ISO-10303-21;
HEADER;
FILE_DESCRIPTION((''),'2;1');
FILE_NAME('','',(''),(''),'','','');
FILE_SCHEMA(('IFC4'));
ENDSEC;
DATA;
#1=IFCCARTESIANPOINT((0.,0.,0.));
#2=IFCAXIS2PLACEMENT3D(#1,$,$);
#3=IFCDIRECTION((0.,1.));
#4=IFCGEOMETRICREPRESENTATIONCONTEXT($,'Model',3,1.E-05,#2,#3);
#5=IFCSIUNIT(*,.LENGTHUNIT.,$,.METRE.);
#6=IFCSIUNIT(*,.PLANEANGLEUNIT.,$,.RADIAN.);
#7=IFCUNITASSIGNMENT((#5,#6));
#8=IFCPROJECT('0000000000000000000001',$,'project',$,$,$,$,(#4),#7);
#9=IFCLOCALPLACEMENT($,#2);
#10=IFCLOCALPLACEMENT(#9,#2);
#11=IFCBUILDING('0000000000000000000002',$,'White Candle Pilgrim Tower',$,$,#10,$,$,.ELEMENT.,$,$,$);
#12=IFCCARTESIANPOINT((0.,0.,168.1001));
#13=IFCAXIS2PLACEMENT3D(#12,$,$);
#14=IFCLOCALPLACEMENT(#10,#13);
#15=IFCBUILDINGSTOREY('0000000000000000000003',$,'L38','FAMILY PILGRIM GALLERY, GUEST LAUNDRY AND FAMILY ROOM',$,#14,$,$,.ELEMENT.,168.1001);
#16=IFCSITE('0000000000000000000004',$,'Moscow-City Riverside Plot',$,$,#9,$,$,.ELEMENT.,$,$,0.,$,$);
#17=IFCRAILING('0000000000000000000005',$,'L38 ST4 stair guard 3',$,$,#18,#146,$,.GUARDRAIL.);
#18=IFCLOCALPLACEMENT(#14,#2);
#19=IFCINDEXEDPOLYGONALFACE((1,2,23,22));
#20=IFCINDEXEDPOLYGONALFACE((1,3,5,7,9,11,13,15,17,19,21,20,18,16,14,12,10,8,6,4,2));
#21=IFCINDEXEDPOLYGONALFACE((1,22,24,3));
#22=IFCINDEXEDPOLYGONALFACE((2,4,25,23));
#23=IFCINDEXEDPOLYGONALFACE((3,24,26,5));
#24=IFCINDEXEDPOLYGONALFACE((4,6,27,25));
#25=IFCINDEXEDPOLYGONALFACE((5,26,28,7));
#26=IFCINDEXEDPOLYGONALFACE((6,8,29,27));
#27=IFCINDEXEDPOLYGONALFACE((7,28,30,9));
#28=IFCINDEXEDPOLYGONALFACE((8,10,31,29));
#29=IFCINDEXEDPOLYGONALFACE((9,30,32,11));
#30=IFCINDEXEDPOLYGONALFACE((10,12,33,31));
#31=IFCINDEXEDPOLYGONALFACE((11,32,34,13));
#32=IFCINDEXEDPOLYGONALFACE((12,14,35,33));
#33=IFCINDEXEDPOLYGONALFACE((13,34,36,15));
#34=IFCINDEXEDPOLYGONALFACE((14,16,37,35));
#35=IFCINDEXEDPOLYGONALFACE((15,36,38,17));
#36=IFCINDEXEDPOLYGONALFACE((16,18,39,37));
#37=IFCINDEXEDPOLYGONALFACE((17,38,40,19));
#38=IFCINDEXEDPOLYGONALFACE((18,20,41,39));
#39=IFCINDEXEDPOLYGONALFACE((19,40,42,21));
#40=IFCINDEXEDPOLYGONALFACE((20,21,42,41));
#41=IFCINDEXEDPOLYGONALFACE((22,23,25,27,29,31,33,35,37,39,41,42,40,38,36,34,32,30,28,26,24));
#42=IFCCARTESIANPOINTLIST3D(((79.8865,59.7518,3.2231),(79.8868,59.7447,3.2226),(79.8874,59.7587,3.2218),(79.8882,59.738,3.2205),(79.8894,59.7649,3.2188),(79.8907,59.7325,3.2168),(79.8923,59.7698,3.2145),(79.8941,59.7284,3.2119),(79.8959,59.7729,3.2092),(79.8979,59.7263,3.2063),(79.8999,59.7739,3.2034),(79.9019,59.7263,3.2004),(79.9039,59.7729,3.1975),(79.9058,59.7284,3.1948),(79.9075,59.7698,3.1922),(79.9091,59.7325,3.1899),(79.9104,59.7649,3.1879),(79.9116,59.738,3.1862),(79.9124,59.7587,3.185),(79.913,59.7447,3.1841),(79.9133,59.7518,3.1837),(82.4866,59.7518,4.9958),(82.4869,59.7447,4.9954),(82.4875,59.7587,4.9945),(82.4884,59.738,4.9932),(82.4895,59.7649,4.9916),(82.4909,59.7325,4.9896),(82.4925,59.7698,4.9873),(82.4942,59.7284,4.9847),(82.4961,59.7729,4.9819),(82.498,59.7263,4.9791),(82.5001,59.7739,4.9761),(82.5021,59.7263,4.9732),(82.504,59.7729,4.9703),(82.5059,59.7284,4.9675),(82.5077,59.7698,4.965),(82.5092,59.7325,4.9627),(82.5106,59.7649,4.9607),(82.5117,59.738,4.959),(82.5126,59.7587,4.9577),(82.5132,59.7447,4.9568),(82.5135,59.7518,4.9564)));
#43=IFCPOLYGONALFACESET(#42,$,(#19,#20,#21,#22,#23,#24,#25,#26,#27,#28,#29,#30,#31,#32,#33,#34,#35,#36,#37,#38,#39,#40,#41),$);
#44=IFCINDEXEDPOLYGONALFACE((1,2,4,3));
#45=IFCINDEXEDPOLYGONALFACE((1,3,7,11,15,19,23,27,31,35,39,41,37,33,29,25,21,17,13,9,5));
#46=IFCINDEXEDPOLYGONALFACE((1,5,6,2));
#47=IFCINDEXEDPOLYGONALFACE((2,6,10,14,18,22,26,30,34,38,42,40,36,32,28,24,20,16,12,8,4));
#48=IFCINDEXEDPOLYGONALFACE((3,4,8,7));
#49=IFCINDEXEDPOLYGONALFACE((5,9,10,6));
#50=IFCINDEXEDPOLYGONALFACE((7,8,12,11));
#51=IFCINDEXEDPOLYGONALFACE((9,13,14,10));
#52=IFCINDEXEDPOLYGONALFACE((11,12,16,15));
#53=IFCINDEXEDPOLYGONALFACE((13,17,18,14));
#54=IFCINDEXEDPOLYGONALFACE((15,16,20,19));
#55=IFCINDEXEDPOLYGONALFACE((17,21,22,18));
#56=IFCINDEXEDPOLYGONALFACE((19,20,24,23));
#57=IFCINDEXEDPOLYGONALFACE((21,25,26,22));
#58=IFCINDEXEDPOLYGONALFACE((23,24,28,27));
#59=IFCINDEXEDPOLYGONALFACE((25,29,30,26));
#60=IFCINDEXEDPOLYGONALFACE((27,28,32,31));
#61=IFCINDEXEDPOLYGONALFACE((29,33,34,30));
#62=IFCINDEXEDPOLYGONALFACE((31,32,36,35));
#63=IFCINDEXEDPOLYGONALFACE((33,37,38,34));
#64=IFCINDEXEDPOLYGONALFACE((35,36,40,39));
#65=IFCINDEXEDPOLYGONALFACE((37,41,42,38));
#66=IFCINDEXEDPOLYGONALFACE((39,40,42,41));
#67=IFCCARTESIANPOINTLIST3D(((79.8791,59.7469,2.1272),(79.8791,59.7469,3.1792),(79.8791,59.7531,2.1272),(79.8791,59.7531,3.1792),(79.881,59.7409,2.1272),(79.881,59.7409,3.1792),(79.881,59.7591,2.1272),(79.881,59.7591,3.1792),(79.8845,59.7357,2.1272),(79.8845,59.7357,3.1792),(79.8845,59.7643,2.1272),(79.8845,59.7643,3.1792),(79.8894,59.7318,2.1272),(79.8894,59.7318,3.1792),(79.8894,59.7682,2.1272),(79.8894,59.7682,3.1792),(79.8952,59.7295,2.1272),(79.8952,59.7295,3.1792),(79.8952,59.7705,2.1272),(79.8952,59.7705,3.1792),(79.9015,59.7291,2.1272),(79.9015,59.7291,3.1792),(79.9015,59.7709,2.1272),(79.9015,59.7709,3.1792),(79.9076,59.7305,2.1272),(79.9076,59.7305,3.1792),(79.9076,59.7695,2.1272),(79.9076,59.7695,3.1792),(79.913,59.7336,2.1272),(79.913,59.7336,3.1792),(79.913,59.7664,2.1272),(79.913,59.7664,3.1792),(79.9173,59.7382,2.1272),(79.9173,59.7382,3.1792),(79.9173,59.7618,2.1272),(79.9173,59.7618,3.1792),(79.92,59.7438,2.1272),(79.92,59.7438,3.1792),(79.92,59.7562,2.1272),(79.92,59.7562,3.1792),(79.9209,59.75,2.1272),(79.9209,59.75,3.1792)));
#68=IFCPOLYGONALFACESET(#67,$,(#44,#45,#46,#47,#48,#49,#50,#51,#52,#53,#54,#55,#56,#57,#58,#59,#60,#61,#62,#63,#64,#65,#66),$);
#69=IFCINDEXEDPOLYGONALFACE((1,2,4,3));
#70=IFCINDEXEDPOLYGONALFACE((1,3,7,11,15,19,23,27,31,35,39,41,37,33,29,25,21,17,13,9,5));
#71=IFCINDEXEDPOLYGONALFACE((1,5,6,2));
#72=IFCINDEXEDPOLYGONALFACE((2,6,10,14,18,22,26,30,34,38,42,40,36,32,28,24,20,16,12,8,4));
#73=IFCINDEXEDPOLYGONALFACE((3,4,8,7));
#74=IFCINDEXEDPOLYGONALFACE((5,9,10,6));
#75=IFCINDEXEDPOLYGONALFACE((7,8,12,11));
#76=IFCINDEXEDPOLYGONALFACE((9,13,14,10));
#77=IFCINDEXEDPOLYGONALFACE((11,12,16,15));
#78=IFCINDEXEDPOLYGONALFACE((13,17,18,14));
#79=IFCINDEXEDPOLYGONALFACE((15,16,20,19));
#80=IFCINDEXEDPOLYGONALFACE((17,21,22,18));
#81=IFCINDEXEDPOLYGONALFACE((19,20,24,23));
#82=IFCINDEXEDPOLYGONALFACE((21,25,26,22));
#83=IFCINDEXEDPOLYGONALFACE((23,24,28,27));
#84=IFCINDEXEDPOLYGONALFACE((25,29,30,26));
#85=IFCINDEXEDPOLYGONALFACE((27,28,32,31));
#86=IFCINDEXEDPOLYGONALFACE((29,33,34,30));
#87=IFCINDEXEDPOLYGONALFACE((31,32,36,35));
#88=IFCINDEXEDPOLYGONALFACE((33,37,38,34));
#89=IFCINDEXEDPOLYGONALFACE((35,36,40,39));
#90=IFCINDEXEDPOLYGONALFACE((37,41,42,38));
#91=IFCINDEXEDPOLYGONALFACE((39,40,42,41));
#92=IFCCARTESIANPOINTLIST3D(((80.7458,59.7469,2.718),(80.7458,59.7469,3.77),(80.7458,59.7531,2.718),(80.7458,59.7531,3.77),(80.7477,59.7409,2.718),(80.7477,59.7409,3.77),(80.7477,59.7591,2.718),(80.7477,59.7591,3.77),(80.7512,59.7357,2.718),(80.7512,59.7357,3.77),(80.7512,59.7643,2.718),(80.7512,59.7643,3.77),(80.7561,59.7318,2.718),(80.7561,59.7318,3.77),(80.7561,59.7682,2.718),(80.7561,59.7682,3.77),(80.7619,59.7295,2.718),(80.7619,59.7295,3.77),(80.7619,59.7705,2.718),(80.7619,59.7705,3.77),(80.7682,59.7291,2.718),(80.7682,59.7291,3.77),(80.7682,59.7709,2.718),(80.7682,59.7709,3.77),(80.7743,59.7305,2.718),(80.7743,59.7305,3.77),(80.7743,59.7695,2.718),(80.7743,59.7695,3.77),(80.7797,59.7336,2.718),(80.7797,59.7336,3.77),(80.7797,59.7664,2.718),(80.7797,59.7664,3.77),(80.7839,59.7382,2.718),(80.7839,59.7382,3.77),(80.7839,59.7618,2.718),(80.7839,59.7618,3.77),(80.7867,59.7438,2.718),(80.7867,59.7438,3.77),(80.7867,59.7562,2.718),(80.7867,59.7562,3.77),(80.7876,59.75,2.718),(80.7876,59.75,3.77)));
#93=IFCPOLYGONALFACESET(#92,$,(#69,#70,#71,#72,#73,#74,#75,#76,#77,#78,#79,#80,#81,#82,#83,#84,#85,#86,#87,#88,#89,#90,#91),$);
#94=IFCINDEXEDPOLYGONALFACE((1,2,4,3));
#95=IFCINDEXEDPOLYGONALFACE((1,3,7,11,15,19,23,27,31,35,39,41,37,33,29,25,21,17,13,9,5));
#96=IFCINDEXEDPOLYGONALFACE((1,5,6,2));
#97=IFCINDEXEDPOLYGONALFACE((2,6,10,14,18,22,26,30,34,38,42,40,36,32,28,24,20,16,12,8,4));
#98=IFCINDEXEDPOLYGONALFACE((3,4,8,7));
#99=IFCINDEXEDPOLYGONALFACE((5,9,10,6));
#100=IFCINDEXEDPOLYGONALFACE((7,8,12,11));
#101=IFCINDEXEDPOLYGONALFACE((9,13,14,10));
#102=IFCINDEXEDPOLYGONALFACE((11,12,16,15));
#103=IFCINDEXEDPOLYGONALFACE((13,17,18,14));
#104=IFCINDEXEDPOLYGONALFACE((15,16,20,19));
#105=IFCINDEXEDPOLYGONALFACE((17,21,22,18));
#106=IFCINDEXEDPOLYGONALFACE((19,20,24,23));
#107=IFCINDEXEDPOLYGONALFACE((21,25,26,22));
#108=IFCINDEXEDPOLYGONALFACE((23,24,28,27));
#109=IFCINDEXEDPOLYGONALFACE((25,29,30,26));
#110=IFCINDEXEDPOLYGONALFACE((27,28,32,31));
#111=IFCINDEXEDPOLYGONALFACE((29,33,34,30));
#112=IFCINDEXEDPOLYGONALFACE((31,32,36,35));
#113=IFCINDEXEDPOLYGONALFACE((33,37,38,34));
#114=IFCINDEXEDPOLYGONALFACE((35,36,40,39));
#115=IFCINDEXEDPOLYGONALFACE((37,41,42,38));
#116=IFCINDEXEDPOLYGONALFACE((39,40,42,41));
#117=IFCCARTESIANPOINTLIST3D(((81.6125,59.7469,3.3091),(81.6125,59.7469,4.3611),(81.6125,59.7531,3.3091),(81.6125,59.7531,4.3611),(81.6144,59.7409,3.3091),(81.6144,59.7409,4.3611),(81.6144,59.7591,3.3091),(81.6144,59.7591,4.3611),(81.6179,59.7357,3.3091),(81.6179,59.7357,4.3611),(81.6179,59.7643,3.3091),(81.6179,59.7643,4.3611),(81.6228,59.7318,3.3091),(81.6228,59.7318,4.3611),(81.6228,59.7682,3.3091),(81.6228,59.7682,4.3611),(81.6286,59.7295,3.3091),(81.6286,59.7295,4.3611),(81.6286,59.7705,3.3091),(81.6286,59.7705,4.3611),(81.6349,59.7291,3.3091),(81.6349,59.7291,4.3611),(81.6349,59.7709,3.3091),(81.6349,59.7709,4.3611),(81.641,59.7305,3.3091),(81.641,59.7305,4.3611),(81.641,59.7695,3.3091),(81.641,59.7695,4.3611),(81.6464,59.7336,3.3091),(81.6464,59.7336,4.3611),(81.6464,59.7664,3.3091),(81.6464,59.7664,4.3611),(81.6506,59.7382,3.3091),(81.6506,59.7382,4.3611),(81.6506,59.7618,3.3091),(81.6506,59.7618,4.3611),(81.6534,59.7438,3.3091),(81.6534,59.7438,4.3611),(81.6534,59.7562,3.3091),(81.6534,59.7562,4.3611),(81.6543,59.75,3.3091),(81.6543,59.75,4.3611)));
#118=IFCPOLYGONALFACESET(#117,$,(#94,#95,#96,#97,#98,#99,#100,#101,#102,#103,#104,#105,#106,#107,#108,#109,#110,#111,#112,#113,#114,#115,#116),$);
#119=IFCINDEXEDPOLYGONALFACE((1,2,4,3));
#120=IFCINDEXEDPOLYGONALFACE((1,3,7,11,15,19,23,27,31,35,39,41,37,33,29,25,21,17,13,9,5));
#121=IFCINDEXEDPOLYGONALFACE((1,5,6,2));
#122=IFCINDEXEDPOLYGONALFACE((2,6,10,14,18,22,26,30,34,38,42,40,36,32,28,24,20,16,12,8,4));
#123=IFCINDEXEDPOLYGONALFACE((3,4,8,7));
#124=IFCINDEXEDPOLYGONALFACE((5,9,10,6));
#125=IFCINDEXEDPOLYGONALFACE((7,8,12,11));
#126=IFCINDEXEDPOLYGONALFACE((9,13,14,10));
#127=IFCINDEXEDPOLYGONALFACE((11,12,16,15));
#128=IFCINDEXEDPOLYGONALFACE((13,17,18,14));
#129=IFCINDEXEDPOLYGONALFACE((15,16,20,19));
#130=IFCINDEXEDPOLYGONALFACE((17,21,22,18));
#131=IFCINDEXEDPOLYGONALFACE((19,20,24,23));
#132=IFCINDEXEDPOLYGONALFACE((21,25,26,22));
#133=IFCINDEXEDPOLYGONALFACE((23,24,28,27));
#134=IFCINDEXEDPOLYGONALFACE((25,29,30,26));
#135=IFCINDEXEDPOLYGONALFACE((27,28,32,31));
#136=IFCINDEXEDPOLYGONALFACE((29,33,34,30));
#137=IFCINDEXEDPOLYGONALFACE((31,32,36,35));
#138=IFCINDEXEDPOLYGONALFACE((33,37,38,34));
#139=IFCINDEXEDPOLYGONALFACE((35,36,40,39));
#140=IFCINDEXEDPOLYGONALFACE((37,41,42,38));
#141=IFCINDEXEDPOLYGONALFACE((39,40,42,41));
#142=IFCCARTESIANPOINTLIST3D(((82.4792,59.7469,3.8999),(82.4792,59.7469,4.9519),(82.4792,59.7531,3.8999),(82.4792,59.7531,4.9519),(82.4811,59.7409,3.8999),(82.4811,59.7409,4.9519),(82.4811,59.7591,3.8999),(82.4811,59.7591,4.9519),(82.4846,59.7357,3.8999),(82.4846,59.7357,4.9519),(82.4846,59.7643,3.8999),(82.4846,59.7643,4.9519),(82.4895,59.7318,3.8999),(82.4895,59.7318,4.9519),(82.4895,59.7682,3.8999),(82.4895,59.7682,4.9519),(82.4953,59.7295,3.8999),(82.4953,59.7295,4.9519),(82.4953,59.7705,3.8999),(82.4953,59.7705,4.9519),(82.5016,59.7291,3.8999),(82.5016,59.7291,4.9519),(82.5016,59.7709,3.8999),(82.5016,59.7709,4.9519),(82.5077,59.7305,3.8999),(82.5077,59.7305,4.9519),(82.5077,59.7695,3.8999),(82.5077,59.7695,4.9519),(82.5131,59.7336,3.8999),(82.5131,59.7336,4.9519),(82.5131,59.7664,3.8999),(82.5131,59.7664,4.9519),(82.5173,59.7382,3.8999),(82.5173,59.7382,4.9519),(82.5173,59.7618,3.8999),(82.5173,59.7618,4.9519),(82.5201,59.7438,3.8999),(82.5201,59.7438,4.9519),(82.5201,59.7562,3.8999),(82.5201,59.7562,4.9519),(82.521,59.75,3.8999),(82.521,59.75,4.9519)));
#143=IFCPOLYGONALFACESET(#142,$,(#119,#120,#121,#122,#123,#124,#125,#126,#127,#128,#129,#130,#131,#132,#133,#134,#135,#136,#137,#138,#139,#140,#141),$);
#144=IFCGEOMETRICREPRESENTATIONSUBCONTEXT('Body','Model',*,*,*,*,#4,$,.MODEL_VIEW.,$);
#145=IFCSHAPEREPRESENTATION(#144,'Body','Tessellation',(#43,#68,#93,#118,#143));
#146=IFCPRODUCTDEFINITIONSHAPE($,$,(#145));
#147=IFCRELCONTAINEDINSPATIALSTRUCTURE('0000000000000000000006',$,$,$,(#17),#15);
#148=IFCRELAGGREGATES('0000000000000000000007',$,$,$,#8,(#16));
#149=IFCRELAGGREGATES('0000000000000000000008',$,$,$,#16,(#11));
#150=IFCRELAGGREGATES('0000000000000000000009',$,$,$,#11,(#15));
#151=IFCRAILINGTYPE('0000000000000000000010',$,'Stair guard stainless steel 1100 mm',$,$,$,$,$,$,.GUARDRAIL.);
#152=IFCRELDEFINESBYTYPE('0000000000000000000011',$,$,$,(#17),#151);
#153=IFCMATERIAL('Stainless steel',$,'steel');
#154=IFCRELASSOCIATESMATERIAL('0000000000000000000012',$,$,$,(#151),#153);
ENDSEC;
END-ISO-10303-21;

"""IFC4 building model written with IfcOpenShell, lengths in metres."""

from ifc_helpers import new_model, si_unit, direction, frame, origin, origin_2d, place, context, subcontext, project, spatial, circle, extrude, material, type_object, element, save


model = new_model("IFC4")

# Units and contexts
model_context = context("Model", 3, precision=1e-05, world=origin(), true_north=direction((0.0, 1.0)))
body_context = subcontext(model_context, "Body", "Model", "MODEL_VIEW")
ifc_project = project(units=[si_unit("LENGTHUNIT", "METRE"), si_unit("PLANEANGLEUNIT", "RADIAN")], contexts=[model_context])

# Site, building, storey
site_placement = place(None, origin())
site = spatial("IfcSite", under=ifc_project, at=site_placement, Name="Moscow-City Riverside Plot", CompositionType="ELEMENT", RefElevation=0.0)
building_placement = place(site_placement, origin())
building = spatial("IfcBuilding", under=site, at=building_placement, Name="White Candle Pilgrim Tower", CompositionType="ELEMENT")
storey_placement = place(building_placement, frame((0.0, 0.0, 168.1001)))
storey = spatial("IfcBuildingStorey", under=building, at=storey_placement, Name="L38", Description="FAMILY PILGRIM GALLERY, GUEST LAUNDRY AND FAMILY ROOM", CompositionType="ELEMENT", Elevation=168.1001)

# Railing
ifc_material_1 = material(Name="Stainless steel", Category="steel")
railing_type_1 = type_object("IfcRailingType", Name="Stair guard stainless steel 1100 mm", PredefinedType="GUARDRAIL", material=ifc_material_1)
railing_1_placement = place(storey_placement, frame((79.8999, 59.75, 2.1272)))
element("IfcRailing", 1, at=railing_1_placement, inside=storey, type_object=railing_type_1, Name="L38 ST4 stair guard 3", PredefinedType="GUARDRAIL", context=body_context, shape_type="SweptSolid", body=[
    extrude(circle(Radius=0.0239, at=origin_2d()), frame((0.0, 0.0, 1.0762), z_axis=(0.82624, 0.0, 0.563318), x_axis=(0.0, 1.0, 0.0)), (0.0, 0.0, 1.0), 3.147),
    extrude(circle(Radius=0.021, at=origin_2d()), origin(), (0.0, 0.0, 1.0), 1.052),
    extrude(circle(Radius=0.021, at=origin_2d()), frame((0.8667, 0.0, 0.5908)), (0.0, 0.0, 1.0), 1.052),
    extrude(circle(Radius=0.021, at=origin_2d()), frame((1.7334, 0.0, 1.1819)), (0.0, 0.0, 1.0), 1.052),
    extrude(circle(Radius=0.021, at=origin_2d()), frame((2.6001, 0.0, 1.7727)), (0.0, 0.0, 1.0), 1.052),
])

save(model, "model.ifc")
